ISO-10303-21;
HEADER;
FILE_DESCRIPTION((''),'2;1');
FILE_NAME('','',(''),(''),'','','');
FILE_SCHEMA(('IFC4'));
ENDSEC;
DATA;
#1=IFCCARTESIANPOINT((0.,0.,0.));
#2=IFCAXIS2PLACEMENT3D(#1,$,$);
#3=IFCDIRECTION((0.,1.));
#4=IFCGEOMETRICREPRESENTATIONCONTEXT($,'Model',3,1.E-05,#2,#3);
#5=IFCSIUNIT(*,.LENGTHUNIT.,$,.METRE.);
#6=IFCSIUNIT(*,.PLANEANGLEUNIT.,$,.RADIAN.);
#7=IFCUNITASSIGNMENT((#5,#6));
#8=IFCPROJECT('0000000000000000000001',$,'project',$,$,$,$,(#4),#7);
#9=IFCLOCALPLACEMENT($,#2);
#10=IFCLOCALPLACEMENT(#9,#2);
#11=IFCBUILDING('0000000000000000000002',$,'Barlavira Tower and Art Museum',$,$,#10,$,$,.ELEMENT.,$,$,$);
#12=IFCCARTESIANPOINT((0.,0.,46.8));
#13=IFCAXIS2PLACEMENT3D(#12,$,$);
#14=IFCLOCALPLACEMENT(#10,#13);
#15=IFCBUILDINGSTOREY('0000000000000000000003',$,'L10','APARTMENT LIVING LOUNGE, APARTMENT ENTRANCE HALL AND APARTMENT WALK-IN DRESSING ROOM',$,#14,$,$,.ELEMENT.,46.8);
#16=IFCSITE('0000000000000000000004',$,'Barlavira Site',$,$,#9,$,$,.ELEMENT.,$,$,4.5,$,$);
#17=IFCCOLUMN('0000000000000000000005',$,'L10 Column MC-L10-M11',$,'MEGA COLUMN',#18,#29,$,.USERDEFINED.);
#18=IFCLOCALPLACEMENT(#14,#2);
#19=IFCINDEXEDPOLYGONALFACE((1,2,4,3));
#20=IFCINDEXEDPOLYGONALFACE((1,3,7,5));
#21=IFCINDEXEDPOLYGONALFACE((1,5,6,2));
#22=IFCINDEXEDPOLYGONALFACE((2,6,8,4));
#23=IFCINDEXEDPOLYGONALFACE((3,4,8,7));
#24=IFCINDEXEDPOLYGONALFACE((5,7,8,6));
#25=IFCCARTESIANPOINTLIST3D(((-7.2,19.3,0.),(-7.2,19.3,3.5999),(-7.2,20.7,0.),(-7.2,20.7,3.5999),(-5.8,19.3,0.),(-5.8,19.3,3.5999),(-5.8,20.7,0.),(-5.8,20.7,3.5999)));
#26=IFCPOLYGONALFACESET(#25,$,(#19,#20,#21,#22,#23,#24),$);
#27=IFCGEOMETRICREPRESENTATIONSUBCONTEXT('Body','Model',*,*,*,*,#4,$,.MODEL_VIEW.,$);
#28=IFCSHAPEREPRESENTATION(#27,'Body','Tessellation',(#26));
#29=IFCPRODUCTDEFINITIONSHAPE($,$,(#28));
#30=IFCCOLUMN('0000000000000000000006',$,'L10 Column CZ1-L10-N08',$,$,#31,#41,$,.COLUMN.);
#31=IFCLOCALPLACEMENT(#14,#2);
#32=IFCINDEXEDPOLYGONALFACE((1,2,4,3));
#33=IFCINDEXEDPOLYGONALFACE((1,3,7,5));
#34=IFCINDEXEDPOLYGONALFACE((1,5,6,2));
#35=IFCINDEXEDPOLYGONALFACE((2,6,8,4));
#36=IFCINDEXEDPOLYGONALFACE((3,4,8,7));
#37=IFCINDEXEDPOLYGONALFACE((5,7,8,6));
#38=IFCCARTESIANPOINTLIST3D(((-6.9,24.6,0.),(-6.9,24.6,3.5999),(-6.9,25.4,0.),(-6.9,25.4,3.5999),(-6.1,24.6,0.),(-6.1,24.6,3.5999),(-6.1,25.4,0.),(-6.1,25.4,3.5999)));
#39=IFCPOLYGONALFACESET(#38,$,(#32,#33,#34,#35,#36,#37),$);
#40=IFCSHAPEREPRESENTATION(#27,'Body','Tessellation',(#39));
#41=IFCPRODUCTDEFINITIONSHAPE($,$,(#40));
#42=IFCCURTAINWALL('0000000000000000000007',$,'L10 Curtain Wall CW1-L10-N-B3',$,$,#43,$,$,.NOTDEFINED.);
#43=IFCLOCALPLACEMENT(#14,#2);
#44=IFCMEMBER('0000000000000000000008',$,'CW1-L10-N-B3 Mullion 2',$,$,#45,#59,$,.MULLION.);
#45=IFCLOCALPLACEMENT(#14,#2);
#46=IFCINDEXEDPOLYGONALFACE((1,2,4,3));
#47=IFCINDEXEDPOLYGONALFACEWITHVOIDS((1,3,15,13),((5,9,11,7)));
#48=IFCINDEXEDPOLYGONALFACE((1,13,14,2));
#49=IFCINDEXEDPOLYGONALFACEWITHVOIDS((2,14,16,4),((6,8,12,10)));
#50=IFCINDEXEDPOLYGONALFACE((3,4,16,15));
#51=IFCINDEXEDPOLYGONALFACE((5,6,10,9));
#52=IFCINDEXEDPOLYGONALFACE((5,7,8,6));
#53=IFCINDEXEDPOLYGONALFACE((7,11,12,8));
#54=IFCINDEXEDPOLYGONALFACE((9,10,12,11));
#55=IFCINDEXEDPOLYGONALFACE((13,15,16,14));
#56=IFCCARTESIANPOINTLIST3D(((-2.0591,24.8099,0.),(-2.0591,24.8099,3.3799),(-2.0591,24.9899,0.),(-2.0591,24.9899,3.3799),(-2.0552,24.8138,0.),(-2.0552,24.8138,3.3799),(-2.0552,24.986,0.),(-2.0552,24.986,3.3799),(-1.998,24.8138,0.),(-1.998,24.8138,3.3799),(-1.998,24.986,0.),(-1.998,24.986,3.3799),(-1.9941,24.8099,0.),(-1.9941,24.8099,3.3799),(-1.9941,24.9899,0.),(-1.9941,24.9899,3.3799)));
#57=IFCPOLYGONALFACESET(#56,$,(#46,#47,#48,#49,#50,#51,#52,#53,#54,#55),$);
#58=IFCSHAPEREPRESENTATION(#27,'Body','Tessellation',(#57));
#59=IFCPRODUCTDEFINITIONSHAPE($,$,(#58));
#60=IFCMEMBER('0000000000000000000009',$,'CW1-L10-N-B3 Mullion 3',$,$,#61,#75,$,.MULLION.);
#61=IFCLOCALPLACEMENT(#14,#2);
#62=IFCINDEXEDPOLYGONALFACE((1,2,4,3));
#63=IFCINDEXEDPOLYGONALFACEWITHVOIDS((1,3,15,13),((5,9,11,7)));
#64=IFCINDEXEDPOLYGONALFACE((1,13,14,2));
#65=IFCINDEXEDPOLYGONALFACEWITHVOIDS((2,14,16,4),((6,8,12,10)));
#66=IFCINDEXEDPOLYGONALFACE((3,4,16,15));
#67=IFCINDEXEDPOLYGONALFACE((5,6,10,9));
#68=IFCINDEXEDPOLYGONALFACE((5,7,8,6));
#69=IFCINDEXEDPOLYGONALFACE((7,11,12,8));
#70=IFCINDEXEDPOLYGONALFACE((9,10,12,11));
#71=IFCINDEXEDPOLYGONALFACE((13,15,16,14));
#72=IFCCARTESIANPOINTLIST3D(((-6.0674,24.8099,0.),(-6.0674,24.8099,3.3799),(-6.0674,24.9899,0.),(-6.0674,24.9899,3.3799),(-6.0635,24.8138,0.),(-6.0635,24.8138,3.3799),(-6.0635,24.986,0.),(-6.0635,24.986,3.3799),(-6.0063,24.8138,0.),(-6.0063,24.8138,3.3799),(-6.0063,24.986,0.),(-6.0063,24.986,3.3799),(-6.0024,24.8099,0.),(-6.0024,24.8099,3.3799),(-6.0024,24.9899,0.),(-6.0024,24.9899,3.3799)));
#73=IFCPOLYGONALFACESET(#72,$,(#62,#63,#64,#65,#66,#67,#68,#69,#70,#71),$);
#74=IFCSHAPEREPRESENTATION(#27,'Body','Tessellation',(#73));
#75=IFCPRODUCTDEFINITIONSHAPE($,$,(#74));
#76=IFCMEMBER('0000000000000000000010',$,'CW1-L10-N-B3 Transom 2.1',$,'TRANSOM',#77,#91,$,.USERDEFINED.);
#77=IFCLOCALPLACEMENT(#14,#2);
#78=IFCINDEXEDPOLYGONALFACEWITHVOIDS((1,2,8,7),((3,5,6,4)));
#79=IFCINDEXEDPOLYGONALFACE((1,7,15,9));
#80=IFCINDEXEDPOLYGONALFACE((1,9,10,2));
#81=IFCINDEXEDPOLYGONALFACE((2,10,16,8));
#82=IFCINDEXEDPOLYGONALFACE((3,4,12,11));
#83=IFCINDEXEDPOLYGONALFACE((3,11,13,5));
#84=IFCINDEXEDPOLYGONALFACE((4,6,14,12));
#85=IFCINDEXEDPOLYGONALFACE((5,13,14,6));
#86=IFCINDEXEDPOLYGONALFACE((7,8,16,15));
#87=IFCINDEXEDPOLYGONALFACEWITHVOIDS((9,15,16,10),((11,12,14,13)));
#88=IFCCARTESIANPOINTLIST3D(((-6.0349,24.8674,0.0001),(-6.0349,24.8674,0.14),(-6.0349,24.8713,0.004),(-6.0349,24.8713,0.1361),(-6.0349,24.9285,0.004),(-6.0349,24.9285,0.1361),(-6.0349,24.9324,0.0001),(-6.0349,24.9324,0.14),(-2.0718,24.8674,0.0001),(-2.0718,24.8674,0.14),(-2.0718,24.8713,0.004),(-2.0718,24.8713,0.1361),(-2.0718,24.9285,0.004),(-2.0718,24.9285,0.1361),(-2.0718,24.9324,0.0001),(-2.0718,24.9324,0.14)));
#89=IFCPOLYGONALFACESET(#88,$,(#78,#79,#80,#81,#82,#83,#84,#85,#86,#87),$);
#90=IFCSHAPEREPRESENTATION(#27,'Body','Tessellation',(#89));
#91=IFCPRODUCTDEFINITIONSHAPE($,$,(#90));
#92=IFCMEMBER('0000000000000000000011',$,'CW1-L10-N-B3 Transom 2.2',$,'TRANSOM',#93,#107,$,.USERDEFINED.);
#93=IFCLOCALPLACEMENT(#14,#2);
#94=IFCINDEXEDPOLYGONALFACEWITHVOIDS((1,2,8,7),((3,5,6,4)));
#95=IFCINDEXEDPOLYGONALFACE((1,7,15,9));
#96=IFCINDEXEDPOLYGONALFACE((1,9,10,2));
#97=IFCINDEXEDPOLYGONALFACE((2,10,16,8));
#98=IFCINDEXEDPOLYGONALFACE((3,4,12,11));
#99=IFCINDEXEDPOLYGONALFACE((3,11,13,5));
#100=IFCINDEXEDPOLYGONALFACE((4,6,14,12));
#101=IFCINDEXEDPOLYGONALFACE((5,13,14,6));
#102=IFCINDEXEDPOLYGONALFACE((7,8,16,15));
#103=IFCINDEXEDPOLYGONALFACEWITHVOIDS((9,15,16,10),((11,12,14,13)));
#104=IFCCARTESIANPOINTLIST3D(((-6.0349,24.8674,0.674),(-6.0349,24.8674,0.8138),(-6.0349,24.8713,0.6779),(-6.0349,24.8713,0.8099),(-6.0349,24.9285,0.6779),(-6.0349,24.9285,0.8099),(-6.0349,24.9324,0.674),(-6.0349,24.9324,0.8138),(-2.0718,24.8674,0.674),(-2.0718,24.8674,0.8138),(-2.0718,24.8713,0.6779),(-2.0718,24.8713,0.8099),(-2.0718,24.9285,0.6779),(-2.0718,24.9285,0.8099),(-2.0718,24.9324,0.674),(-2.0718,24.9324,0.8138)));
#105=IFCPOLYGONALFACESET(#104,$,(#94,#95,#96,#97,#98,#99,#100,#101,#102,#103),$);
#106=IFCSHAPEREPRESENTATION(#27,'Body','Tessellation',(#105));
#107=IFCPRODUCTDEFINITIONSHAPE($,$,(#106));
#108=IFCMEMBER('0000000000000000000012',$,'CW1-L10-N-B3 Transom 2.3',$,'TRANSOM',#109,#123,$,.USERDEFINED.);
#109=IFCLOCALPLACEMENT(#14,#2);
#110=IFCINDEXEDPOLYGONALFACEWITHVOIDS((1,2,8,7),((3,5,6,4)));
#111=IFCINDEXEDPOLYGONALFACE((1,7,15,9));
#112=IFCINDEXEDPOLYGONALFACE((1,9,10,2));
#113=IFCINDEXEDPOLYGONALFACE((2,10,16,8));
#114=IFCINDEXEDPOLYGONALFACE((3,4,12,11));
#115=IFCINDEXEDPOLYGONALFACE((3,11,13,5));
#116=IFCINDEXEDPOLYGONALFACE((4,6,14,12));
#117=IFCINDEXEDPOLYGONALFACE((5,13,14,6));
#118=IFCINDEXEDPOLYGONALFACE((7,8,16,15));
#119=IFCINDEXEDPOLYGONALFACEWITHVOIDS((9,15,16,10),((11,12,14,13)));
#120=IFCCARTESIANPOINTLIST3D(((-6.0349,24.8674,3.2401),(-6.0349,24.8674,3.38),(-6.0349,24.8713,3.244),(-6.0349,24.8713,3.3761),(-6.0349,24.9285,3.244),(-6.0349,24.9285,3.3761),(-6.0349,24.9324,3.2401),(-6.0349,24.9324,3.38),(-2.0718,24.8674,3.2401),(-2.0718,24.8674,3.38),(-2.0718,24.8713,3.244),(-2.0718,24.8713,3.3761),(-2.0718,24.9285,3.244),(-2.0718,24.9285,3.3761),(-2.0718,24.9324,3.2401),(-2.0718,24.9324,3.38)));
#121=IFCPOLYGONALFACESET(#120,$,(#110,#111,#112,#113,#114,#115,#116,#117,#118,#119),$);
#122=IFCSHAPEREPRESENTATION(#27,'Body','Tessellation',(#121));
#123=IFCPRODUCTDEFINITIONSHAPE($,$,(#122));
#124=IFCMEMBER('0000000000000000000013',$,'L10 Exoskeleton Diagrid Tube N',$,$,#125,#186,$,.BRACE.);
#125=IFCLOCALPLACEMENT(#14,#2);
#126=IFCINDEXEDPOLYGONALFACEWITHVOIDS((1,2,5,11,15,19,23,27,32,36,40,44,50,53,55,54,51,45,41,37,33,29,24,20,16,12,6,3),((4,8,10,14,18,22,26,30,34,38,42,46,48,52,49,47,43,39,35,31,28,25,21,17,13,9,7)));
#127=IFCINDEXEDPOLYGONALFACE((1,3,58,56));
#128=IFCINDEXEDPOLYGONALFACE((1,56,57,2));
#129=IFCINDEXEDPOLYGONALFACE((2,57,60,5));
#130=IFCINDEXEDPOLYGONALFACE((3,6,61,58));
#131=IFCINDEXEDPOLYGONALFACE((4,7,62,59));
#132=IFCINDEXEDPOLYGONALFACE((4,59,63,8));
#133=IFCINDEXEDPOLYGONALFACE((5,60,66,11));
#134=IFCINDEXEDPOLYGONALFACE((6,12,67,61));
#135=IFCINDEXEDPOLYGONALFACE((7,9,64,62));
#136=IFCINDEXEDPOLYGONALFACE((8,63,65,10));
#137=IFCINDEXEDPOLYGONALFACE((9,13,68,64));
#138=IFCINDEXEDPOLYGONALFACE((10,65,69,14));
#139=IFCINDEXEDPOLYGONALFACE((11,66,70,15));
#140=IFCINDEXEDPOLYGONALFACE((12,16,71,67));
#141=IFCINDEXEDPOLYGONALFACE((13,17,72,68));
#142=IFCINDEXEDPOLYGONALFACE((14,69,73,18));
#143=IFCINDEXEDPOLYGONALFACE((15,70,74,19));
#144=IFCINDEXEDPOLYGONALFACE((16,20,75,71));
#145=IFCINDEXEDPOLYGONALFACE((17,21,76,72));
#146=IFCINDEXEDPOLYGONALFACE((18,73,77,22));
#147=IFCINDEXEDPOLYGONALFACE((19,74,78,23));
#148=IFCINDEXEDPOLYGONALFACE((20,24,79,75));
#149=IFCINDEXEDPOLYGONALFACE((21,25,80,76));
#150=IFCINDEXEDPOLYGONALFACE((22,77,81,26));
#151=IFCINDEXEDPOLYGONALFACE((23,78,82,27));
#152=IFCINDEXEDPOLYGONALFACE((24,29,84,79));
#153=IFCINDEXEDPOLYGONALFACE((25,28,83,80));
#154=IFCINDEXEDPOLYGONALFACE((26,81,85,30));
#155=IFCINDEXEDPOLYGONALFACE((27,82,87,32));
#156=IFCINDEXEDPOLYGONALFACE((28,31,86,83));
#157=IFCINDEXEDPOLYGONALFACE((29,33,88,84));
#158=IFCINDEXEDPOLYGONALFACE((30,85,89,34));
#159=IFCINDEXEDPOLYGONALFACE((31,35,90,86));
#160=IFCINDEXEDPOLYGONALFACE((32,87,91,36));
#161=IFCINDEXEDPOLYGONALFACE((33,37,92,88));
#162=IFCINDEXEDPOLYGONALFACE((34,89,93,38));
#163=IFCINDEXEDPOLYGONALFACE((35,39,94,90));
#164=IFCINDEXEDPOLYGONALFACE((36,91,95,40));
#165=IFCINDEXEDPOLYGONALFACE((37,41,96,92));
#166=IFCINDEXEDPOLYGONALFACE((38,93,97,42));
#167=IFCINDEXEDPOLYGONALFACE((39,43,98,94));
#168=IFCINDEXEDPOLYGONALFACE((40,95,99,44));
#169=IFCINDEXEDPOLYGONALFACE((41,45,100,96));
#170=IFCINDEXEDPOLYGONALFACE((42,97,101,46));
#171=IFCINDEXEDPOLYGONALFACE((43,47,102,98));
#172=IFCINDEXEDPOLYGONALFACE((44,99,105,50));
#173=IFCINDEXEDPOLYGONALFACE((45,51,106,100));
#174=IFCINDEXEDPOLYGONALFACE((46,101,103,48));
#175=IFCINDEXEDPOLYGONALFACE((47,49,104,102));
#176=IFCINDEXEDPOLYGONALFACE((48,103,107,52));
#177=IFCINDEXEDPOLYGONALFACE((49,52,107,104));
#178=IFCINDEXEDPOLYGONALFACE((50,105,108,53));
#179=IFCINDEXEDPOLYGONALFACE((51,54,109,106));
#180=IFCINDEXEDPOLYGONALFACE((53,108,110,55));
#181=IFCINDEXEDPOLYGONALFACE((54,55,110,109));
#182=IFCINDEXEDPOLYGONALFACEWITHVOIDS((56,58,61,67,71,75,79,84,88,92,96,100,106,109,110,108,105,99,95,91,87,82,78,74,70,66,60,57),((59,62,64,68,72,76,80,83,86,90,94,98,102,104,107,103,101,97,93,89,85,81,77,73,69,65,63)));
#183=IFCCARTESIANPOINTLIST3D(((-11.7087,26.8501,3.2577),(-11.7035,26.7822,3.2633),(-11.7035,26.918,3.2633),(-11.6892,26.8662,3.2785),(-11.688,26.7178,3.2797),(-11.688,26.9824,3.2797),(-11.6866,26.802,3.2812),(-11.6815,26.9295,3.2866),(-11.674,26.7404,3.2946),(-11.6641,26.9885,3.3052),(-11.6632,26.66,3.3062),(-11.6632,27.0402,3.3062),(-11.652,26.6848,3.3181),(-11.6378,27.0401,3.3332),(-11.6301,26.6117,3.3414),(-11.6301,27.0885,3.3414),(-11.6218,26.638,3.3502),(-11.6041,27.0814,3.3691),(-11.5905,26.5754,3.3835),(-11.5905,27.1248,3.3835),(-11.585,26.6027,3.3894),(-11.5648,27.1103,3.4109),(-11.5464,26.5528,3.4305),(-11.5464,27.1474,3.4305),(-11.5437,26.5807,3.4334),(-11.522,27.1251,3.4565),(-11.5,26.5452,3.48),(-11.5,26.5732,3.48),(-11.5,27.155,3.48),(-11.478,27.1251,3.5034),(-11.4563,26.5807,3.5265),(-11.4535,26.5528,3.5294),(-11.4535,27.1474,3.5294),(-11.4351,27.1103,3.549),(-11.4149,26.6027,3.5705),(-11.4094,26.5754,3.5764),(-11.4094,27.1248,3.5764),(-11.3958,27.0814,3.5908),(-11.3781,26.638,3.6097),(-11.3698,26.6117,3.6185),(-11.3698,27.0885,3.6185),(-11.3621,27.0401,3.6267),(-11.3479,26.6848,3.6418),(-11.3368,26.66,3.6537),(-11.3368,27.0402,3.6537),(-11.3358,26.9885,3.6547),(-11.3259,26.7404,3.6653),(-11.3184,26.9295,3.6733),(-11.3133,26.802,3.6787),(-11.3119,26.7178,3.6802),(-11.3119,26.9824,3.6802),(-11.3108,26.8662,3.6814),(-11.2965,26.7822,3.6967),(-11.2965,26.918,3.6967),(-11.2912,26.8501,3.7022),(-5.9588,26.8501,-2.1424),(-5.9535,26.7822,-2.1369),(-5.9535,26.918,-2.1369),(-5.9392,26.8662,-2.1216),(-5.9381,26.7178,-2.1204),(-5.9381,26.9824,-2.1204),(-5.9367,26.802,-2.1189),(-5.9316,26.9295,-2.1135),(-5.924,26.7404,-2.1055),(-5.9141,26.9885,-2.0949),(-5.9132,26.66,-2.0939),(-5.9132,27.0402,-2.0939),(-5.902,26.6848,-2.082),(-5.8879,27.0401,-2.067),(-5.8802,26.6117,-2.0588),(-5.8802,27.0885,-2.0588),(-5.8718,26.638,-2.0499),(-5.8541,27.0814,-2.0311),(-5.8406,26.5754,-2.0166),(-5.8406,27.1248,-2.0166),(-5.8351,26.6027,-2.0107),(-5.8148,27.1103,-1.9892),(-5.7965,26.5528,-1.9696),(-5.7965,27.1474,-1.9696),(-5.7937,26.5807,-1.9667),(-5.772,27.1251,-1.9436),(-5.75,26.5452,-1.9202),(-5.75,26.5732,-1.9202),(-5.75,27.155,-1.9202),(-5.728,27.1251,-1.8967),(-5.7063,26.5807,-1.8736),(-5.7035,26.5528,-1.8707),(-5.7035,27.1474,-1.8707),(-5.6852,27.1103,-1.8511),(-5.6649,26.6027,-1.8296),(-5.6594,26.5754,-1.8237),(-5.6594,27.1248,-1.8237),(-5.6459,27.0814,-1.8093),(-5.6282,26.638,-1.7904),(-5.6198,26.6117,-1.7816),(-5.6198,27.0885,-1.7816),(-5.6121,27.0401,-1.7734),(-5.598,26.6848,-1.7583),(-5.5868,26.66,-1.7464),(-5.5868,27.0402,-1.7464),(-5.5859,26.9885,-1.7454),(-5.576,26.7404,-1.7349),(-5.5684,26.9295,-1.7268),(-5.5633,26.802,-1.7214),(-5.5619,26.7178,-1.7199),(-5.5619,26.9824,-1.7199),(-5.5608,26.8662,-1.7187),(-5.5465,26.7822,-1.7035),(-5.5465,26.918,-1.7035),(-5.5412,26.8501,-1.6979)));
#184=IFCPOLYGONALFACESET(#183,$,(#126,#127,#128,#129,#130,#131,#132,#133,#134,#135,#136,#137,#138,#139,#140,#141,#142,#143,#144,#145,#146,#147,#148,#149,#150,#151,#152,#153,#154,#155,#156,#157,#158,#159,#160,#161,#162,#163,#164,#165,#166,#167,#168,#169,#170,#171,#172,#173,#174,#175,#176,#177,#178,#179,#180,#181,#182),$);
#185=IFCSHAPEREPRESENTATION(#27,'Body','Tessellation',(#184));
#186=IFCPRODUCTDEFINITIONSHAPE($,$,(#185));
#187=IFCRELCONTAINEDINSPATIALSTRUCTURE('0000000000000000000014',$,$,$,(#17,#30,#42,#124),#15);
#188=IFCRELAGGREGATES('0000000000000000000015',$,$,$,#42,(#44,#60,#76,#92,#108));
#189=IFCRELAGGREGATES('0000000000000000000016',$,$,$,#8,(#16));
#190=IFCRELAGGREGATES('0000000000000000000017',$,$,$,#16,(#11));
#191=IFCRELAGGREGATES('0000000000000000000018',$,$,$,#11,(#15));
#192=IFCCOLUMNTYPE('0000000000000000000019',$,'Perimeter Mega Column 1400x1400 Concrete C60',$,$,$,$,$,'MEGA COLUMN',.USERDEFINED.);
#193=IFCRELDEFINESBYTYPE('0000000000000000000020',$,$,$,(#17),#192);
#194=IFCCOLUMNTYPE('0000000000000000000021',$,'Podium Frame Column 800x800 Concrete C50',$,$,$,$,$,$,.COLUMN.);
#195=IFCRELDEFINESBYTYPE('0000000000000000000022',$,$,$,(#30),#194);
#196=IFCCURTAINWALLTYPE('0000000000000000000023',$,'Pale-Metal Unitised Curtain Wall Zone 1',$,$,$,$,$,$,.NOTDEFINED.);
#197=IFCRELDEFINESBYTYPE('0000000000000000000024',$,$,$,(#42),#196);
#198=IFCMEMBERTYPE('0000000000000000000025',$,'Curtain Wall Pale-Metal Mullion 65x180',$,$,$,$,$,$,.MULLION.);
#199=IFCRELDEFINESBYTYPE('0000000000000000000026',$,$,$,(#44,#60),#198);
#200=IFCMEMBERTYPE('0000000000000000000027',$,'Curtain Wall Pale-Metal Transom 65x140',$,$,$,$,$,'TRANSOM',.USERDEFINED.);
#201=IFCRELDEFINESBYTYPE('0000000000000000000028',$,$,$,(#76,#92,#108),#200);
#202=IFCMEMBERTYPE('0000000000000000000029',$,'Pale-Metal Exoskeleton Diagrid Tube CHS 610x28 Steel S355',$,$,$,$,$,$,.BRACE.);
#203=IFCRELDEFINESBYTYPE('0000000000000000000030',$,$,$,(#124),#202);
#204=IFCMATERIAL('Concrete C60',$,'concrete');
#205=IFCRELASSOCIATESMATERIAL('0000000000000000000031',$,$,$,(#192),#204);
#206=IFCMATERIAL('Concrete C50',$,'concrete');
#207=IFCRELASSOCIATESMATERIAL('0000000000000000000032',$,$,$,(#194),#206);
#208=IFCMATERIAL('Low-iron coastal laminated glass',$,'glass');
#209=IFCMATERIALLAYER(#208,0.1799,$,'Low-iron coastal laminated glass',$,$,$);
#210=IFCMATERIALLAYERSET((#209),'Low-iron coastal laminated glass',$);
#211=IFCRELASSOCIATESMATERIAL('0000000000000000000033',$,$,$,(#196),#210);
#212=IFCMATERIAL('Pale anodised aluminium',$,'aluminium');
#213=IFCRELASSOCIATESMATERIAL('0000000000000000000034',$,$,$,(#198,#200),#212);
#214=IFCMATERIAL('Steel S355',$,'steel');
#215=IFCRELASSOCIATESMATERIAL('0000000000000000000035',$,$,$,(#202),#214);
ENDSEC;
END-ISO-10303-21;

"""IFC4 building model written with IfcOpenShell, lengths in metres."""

from ifc_helpers import new_model, si_unit, direction, frame, origin, origin_2d, place, context, subcontext, project, spatial, rectangle, hollow_rectangle, hollow_circle, extrude, material, layer, layer_set, material_profile, profile_set, type_object, element, aggregate, save


model = new_model("IFC4")

# Units and contexts
model_context = context("Model", 3, precision=1e-05, world=origin(), true_north=direction((0.0, 1.0)))
body_context = subcontext(model_context, "Body", "Model", "MODEL_VIEW")
ifc_project = project(units=[si_unit("LENGTHUNIT", "METRE"), si_unit("PLANEANGLEUNIT", "RADIAN")], contexts=[model_context])

# Site, building, storey
site_placement = place(None, origin())
site = spatial("IfcSite", under=ifc_project, at=site_placement, Name="Barlavira Site", CompositionType="ELEMENT", RefElevation=4.5)
building_placement = place(site_placement, origin())
building = spatial("IfcBuilding", under=site, at=building_placement, Name="Barlavira Tower and Art Museum", CompositionType="ELEMENT")
storey_placement = place(building_placement, frame((0.0, 0.0, 46.8)))
storey = spatial("IfcBuildingStorey", under=building, at=storey_placement, Name="L10", Description="APARTMENT LIVING LOUNGE, APARTMENT ENTRANCE HALL AND APARTMENT WALK-IN DRESSING ROOM", CompositionType="ELEMENT", Elevation=46.8)

# Columns
ifc_material_1 = material(Name="Concrete C60", Category="concrete")
ifc_material_profile_1 = material_profile(ifc_material_1, rectangle(XDim=1.3999, YDim=1.3999, at=origin_2d()), Name="RC-MCOL 1400x1400")
ifc_profile_set_1 = profile_set([ifc_material_profile_1], Name="Concrete C60")
column_type_1 = type_object("IfcColumnType", Name="Perimeter Mega Column 1400x1400 Concrete C60", ElementType="MEGA COLUMN", PredefinedType="USERDEFINED", material=ifc_profile_set_1)
column_1_placement = place(storey_placement, frame((-6.5, 20.0, 0.0), z_axis=(0.0, 0.0, 1.0), x_axis=(1.0, 0.0, 0.0)))
element("IfcColumn", 1, at=column_1_placement, inside=storey, type_object=column_type_1, Name="L10 Column MC-L10-M11", ObjectType="MEGA COLUMN", PredefinedType="USERDEFINED", context=body_context, shape_type="SweptSolid", body=[
    extrude(rectangle(XDim=1.3999, YDim=1.3999, at=origin_2d()), origin(), (0.0, 0.0, 1.0), 3.5999),
])
ifc_material_2 = material(Name="Concrete C50", Category="concrete")
ifc_material_profile_2 = material_profile(ifc_material_2, rectangle(XDim=0.8, YDim=0.8, at=origin_2d()), Name="RC-COL 800x800")
ifc_profile_set_2 = profile_set([ifc_material_profile_2], Name="Concrete C50")
column_type_2 = type_object("IfcColumnType", Name="Podium Frame Column 800x800 Concrete C50", PredefinedType="COLUMN", material=ifc_profile_set_2)
column_2_placement = place(storey_placement, frame((-6.5, 25.0, 0.0), z_axis=(0.0, 0.0, 1.0), x_axis=(1.0, 0.0, 0.0)))
element("IfcColumn", 2, at=column_2_placement, inside=storey, type_object=column_type_2, Name="L10 Column CZ1-L10-N08", PredefinedType="COLUMN", context=body_context, shape_type="SweptSolid", body=[
    extrude(rectangle(XDim=0.8, YDim=0.8, at=origin_2d()), origin(), (0.0, 0.0, 1.0), 3.5999),
])

# Curtain wall, members
ifc_material_3 = material(Name="Low-iron coastal laminated glass", Category="glass")
ifc_layer_1 = layer(ifc_material_3, 0.1799, Name="Low-iron coastal laminated glass")
ifc_layer_set_1 = layer_set([ifc_layer_1], Name="Low-iron coastal laminated glass")
curtain_wall_type = type_object("IfcCurtainWallType", Name="Pale-Metal Unitised Curtain Wall Zone 1", PredefinedType="NOTDEFINED", material=ifc_layer_set_1)
curtain_wall_placement = place(storey_placement, origin())
curtain_wall = element("IfcCurtainWall", 3, at=curtain_wall_placement, inside=storey, type_object=curtain_wall_type, Name="L10 Curtain Wall CW1-L10-N-B3", PredefinedType="NOTDEFINED")
ifc_material_4 = material(Name="Pale anodised aluminium", Category="aluminium")
ifc_material_profile_3 = material_profile(ifc_material_4, hollow_rectangle(XDim=0.0649, YDim=0.1799, WallThickness=0.0039, at=origin_2d()), Name="ALU-MULL 65x180x4")
ifc_profile_set_3 = profile_set([ifc_material_profile_3], Name="Pale anodised aluminium")
member_type_1 = type_object("IfcMemberType", Name="Curtain Wall Pale-Metal Mullion 65x180", PredefinedType="MULLION", material=ifc_profile_set_3)
member_1_placement = place(storey_placement, frame((-2.0266, 24.8999, 0.0), z_axis=(0.0, 0.0, 1.0), x_axis=(-1.0, 0.0, 0.0)))
member_1 = element("IfcMember", 4, at=member_1_placement, type_object=member_type_1, Name="CW1-L10-N-B3 Mullion 2", PredefinedType="MULLION", context=body_context, shape_type="SweptSolid", body=[
    extrude(hollow_rectangle(XDim=0.0649, YDim=0.1799, WallThickness=0.0039, at=origin_2d()), origin(), (0.0, 0.0, 1.0), 3.3799),
])
member_2_placement = place(storey_placement, frame((-6.0349, 24.8999, 0.0), z_axis=(0.0, 0.0, 1.0), x_axis=(-1.0, 0.0, 0.0)))
member_2 = element("IfcMember", 5, at=member_2_placement, type_object=member_type_1, Name="CW1-L10-N-B3 Mullion 3", PredefinedType="MULLION", context=body_context, shape_type="SweptSolid", body=[
    extrude(hollow_rectangle(XDim=0.0649, YDim=0.1799, WallThickness=0.0039, at=origin_2d()), origin(), (0.0, 0.0, 1.0), 3.3799),
])
ifc_material_profile_4 = material_profile(ifc_material_4, hollow_rectangle(XDim=0.0649, YDim=0.1399, WallThickness=0.0039, at=origin_2d()), Name="ALU-TRAN 65x140x4")
ifc_profile_set_4 = profile_set([ifc_material_profile_4], Name="Pale anodised aluminium")
member_type_2 = type_object("IfcMemberType", Name="Curtain Wall Pale-Metal Transom 65x140", ElementType="TRANSOM", PredefinedType="USERDEFINED", material=ifc_profile_set_4)
member_3_placement = place(storey_placement, frame((-2.0718, 24.8999, 0.0701), z_axis=(-1.0, 0.0, 0.0), x_axis=(0.0, -1.0, 0.0)))
member_3 = element("IfcMember", 6, at=member_3_placement, type_object=member_type_2, Name="CW1-L10-N-B3 Transom 2.1", ObjectType="TRANSOM", PredefinedType="USERDEFINED", context=body_context, shape_type="SweptSolid", body=[
    extrude(hollow_rectangle(XDim=0.0649, YDim=0.1399, WallThickness=0.0039, at=origin_2d()), origin(), (0.0, 0.0, 1.0), 3.9631),
])
member_4_placement = place(storey_placement, frame((-2.0718, 24.8999, 0.7439), z_axis=(-1.0, 0.0, 0.0), x_axis=(0.0, -1.0, 0.0)))
member_4 = element("IfcMember", 7, at=member_4_placement, type_object=member_type_2, Name="CW1-L10-N-B3 Transom 2.2", ObjectType="TRANSOM", PredefinedType="USERDEFINED", context=body_context, shape_type="SweptSolid", body=[
    extrude(hollow_rectangle(XDim=0.0649, YDim=0.1399, WallThickness=0.0039, at=origin_2d()), origin(), (0.0, 0.0, 1.0), 3.9631),
])
member_5_placement = place(storey_placement, frame((-2.0718, 24.8999, 3.3101), z_axis=(-1.0, 0.0, 0.0), x_axis=(0.0, -1.0, 0.0)))
member_5 = element("IfcMember", 8, at=member_5_placement, type_object=member_type_2, Name="CW1-L10-N-B3 Transom 2.3", ObjectType="TRANSOM", PredefinedType="USERDEFINED", context=body_context, shape_type="SweptSolid", body=[
    extrude(hollow_rectangle(XDim=0.0649, YDim=0.1399, WallThickness=0.0039, at=origin_2d()), origin(), (0.0, 0.0, 1.0), 3.9631),
])

# Member
ifc_material_5 = material(Name="Steel S355", Category="steel")
ifc_material_profile_5 = material_profile(ifc_material_5, hollow_circle(Radius=0.3049, WallThickness=0.0281, at=origin_2d()), Name="CHS 610.0x28.0")
ifc_profile_set_5 = profile_set([ifc_material_profile_5], Name="Steel S355")
member_type_3 = type_object("IfcMemberType", Name="Pale-Metal Exoskeleton Diagrid Tube CHS 610x28 Steel S355", PredefinedType="BRACE", material=ifc_profile_set_5)
for number, where, z_axis, x_axis, name in (
    (9, (-5.75, 26.8501, -1.9202), (-0.728935, 0.0, 0.684583), (0.0, -1.0, 0.0), "L10 Exoskeleton Diagrid Tube N"),
):
    element("IfcMember", number, at=place(storey_placement, frame(where, z_axis=z_axis, x_axis=x_axis)), inside=storey, type_object=member_type_3, Name=name, PredefinedType="BRACE", context=body_context, shape_type="SweptSolid", body=[
        extrude(hollow_circle(Radius=0.3049, WallThickness=0.0281, at=origin_2d()), origin(), (0.0, 0.0, 1.0), 7.8882),
    ])

aggregate(curtain_wall, [member_1, member_2, member_3, member_4, member_5])

save(model, "model.ifc")
